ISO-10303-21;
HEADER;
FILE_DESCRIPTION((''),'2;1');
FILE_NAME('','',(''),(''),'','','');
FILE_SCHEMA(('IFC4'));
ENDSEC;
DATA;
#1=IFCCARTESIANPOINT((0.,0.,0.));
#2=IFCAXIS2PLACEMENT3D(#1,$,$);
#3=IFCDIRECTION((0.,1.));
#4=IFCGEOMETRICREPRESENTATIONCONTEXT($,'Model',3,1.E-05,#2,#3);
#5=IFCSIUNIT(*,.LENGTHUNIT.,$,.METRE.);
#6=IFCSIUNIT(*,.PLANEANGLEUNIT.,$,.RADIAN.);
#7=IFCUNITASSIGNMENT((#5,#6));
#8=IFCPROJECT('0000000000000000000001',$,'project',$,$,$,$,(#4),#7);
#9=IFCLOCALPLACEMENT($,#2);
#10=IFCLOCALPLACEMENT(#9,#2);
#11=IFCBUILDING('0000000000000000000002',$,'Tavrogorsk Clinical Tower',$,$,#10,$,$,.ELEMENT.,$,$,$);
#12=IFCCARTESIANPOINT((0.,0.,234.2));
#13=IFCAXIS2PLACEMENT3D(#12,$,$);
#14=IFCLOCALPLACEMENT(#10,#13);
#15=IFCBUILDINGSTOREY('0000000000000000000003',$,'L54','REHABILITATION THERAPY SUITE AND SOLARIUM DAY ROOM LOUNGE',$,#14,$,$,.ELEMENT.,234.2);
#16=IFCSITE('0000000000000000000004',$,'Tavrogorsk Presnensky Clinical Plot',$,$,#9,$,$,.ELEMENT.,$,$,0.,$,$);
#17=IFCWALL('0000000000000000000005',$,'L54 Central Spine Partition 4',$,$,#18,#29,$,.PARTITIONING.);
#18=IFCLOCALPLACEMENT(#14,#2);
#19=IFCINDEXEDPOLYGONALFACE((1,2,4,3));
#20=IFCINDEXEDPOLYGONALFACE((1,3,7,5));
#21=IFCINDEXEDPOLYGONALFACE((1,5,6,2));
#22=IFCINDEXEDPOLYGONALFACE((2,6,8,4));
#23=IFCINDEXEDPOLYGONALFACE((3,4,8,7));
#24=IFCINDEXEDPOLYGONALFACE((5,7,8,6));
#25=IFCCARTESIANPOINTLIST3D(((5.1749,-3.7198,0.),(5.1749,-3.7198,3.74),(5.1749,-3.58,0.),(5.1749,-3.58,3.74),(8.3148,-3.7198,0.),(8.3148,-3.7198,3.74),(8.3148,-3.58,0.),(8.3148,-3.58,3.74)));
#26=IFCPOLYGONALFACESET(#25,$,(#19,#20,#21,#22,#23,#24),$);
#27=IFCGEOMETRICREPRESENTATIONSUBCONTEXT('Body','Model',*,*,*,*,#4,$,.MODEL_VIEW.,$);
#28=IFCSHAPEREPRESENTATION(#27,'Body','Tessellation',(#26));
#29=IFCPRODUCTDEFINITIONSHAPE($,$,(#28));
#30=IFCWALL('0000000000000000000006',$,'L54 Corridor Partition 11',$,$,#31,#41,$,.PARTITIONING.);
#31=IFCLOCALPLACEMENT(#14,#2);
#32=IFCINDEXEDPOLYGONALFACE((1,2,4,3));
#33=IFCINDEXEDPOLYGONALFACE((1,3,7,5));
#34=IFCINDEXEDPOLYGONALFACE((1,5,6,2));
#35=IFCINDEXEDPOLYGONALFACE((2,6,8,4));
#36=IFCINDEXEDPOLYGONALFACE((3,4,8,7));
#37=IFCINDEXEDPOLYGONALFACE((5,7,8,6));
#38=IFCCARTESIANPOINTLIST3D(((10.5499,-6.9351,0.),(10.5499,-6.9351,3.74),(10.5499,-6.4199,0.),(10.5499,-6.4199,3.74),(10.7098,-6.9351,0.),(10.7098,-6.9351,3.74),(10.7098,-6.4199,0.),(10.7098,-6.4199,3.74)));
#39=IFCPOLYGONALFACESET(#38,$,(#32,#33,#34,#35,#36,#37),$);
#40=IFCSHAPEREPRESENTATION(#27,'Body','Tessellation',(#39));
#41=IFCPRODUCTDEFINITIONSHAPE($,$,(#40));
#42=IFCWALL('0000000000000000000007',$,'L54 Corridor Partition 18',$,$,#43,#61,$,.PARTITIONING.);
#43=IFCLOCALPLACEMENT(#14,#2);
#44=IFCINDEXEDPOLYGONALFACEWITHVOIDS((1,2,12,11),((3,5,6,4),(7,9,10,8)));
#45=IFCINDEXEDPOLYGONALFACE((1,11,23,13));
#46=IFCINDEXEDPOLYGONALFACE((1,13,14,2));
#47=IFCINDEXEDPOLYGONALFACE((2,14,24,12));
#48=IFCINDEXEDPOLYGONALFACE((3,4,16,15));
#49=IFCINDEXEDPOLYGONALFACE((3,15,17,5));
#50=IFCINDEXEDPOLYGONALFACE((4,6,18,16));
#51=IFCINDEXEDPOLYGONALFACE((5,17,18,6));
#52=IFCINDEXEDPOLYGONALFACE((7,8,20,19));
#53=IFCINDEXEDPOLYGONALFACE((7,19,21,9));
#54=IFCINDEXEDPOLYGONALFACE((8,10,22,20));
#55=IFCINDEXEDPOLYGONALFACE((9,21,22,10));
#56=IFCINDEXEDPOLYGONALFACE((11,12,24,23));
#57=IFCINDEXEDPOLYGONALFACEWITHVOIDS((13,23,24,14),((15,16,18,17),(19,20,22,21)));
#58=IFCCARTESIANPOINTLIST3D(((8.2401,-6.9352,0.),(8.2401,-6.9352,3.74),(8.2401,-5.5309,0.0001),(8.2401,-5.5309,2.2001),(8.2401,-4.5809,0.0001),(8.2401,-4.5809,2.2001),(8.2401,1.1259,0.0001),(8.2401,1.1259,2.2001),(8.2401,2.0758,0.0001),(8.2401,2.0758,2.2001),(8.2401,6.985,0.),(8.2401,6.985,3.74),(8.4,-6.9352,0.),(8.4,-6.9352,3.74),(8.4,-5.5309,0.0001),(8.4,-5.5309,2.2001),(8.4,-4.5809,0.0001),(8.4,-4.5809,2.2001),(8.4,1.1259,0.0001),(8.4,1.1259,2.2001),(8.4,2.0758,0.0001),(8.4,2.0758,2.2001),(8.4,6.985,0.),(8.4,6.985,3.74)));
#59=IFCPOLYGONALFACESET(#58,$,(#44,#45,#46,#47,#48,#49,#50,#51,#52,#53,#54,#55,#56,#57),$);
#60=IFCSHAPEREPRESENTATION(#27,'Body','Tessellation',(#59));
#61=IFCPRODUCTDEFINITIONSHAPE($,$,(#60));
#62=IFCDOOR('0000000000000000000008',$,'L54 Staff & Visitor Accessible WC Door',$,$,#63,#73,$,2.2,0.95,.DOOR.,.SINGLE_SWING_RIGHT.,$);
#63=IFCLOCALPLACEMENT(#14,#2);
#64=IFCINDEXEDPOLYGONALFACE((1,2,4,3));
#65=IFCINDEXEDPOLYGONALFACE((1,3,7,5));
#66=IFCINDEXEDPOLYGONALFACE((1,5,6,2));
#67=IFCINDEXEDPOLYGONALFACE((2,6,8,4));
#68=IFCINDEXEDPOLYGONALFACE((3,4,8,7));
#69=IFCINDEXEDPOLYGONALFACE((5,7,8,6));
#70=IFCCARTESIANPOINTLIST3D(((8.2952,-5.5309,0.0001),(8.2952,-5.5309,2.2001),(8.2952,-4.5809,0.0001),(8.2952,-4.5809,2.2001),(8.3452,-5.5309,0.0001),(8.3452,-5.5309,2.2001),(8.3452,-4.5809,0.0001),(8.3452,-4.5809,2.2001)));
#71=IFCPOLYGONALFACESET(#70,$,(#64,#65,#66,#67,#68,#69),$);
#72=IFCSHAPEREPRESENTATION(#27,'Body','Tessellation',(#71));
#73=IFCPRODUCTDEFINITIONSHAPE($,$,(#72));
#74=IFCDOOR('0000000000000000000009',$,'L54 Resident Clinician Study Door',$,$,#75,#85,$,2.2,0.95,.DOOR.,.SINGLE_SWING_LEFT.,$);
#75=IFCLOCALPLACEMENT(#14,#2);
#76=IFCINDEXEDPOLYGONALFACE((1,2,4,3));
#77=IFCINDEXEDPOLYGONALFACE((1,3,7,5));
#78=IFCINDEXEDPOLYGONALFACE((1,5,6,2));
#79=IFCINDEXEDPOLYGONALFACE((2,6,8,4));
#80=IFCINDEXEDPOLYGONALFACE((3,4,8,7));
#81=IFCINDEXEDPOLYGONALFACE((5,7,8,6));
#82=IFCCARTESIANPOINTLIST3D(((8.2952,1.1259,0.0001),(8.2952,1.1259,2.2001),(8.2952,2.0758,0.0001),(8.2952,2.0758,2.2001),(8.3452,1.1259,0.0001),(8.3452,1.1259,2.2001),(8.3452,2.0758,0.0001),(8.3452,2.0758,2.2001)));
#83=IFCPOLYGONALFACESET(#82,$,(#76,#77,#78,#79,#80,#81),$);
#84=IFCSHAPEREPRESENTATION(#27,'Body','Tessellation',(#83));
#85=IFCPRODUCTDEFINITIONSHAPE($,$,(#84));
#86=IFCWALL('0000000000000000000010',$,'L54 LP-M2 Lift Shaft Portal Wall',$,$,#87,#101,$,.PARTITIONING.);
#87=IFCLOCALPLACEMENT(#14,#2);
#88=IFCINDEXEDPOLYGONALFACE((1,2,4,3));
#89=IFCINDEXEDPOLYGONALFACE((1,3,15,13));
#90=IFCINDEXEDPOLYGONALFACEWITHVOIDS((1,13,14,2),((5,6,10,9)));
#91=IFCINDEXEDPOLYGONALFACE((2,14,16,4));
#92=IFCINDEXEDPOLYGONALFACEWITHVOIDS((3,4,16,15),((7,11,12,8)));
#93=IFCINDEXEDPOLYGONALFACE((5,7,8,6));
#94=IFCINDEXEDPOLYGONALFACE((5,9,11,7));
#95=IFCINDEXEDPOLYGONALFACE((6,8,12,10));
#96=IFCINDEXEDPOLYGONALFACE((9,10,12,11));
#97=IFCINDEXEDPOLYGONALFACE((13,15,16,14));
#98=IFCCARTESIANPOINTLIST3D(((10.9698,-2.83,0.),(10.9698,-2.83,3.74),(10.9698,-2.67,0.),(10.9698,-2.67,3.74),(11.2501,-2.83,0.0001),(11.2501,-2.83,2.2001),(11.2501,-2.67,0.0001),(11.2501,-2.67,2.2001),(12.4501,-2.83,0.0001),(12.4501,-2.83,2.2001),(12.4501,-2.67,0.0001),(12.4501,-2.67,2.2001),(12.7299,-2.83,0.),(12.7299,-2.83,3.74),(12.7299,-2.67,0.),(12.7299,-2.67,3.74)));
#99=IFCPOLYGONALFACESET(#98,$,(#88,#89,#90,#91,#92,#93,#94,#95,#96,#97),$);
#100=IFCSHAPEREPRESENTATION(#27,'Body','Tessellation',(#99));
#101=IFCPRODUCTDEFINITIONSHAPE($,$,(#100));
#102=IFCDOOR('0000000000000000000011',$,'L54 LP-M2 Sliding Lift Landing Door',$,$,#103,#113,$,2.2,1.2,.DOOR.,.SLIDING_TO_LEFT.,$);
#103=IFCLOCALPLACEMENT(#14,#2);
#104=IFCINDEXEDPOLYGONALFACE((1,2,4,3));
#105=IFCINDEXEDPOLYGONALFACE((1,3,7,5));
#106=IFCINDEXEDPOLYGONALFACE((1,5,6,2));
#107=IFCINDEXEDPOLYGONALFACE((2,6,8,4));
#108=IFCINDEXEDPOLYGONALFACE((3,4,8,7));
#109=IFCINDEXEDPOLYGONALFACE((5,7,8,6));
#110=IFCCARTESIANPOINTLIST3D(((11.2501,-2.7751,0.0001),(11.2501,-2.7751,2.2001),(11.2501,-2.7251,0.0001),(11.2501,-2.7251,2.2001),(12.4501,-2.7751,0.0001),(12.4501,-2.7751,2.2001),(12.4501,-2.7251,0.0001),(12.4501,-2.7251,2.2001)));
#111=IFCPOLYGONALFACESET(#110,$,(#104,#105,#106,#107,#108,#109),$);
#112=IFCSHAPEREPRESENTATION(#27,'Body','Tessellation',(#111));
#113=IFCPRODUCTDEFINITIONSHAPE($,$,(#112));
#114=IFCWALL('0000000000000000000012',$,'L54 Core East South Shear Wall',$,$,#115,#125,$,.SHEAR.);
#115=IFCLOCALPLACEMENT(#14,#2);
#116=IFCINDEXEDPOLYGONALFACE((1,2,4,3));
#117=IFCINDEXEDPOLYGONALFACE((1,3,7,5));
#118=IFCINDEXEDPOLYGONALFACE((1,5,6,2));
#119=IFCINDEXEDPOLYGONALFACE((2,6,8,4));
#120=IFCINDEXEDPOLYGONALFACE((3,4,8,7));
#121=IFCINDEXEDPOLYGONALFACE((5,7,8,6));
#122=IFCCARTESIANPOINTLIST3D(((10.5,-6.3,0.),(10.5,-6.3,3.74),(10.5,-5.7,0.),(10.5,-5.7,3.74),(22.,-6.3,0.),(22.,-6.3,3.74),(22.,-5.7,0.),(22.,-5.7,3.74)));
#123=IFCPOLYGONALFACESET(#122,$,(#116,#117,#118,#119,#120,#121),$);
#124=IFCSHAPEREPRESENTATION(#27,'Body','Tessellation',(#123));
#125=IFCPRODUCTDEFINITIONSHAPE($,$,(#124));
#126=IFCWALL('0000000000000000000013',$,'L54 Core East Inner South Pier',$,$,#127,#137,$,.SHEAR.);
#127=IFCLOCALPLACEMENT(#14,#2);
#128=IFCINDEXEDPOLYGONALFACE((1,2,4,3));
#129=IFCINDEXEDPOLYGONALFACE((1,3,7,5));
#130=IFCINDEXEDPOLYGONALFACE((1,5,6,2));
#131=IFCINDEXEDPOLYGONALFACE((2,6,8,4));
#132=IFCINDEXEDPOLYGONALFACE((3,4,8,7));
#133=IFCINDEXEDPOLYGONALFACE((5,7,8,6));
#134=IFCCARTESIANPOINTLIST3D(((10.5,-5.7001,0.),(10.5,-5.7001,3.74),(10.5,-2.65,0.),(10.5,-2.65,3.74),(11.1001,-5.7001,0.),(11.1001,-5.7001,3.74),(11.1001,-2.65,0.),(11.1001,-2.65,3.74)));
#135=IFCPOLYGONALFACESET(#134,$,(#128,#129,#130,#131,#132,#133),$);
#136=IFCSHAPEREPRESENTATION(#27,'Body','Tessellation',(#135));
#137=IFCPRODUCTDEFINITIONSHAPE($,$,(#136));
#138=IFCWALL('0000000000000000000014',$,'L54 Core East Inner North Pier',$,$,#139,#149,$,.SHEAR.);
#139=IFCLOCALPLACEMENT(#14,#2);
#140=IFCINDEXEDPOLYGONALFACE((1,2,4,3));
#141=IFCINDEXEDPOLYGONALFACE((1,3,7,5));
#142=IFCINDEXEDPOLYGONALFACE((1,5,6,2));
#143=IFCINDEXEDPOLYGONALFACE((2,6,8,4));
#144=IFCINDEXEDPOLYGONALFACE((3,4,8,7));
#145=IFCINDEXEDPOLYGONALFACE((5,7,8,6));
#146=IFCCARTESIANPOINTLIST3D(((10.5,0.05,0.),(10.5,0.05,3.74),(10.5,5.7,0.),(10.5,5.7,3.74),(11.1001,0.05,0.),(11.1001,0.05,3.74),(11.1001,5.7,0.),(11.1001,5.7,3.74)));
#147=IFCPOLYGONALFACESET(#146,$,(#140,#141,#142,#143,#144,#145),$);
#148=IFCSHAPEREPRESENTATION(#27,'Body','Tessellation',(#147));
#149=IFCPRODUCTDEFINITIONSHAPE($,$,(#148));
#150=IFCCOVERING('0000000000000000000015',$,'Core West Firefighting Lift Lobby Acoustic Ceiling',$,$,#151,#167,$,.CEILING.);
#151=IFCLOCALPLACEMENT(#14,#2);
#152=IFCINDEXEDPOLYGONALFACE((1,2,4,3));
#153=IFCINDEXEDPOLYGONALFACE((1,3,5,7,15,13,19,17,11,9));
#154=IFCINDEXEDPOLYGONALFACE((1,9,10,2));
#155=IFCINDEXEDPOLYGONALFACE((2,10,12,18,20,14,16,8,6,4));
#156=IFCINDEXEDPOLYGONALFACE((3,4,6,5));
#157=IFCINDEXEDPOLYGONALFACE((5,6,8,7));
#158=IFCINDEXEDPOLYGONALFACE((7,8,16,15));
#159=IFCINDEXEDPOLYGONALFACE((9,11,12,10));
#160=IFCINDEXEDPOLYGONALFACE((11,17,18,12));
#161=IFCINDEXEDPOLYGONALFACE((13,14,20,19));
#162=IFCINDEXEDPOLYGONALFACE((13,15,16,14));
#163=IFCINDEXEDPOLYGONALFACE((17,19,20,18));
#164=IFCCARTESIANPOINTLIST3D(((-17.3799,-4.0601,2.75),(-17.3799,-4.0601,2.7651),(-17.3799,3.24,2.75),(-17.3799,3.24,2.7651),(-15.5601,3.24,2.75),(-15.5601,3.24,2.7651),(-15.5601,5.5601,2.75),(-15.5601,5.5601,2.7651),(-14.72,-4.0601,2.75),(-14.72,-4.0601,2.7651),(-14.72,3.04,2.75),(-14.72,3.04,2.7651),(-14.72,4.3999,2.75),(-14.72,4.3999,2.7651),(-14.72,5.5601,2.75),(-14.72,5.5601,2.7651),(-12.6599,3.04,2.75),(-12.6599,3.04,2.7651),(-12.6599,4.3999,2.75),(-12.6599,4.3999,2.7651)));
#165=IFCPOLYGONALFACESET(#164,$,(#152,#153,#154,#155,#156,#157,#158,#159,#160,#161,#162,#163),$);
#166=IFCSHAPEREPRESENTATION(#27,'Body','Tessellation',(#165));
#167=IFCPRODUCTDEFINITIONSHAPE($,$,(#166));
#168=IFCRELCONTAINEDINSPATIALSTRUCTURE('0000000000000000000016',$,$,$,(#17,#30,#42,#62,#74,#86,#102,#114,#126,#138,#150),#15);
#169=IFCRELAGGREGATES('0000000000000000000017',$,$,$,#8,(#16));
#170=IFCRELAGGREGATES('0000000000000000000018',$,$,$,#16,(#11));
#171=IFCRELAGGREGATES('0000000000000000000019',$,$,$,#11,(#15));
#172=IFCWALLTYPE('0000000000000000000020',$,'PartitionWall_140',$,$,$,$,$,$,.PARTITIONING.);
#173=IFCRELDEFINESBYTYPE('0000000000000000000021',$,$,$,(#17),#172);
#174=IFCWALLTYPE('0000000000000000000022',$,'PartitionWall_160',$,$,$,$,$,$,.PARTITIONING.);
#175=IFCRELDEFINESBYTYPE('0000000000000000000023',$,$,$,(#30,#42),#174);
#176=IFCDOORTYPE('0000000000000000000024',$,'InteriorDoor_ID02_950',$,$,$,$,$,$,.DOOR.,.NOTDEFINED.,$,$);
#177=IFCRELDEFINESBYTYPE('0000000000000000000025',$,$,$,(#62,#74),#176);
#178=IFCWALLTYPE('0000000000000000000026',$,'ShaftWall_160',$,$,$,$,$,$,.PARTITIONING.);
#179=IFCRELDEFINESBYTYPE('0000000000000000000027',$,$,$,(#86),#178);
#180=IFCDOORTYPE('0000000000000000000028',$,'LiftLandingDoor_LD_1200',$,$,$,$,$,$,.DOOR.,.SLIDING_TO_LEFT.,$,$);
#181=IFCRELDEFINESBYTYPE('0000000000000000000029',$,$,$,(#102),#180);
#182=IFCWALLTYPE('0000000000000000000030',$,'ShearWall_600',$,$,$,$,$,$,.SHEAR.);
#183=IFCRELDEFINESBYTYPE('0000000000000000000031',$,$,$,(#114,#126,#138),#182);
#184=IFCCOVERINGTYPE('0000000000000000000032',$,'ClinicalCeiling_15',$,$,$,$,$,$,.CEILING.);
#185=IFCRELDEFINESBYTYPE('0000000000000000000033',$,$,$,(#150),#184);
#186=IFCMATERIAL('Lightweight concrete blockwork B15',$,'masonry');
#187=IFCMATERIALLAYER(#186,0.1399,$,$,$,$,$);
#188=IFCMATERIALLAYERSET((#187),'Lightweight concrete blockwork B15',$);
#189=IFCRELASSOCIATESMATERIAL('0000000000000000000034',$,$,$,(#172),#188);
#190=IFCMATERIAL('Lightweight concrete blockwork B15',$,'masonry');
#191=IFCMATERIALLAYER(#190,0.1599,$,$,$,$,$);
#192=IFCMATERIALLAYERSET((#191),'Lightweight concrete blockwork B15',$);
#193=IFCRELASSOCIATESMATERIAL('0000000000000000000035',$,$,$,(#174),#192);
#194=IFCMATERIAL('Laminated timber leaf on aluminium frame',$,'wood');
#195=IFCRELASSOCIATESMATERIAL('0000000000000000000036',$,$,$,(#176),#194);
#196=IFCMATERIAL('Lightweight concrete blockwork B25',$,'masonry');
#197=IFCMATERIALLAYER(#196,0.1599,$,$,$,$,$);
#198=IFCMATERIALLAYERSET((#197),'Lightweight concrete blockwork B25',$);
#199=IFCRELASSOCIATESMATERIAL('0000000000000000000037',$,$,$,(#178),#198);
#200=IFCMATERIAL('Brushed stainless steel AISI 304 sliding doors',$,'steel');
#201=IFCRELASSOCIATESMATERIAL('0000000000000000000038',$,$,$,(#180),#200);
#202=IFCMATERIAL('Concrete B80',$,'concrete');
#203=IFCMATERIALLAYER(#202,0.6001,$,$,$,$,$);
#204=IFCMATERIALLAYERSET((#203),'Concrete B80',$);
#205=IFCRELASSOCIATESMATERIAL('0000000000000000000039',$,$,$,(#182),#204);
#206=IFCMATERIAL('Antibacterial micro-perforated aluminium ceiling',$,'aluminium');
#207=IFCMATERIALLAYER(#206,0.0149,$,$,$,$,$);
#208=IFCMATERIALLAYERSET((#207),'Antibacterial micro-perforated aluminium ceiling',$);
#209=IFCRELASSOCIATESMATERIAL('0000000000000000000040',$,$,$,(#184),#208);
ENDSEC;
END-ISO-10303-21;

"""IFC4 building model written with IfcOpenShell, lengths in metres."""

from ifc_helpers import new_model, si_unit, direction, frame, frame_2d, origin, place, context, subcontext, project, spatial, polyline, rectangle, outline, extrude, material, layer, layer_set, type_object, element, fill, save


model = new_model("IFC4")

# Units and contexts
model_context = context("Model", 3, precision=1e-05, world=origin(), true_north=direction((0.0, 1.0)))
body_context = subcontext(model_context, "Body", "Model", "MODEL_VIEW")
ifc_project = project(units=[si_unit("LENGTHUNIT", "METRE"), si_unit("PLANEANGLEUNIT", "RADIAN")], contexts=[model_context])

# Site, building, storey
site_placement = place(None, origin())
site = spatial("IfcSite", under=ifc_project, at=site_placement, Name="Tavrogorsk Presnensky Clinical Plot", CompositionType="ELEMENT", RefElevation=0.0)
building_placement = place(site_placement, origin())
building = spatial("IfcBuilding", under=site, at=building_placement, Name="Tavrogorsk Clinical Tower", CompositionType="ELEMENT")
storey_placement = place(building_placement, frame((0.0, 0.0, 234.2)))
storey = spatial("IfcBuildingStorey", under=building, at=storey_placement, Name="L54", Description="REHABILITATION THERAPY SUITE AND SOLARIUM DAY ROOM LOUNGE", CompositionType="ELEMENT", Elevation=234.2)

# Walls
ifc_material_1 = material(Name="Lightweight concrete blockwork B15", Category="masonry")
ifc_layer_1 = layer(ifc_material_1, 0.1399)
ifc_layer_set_1 = layer_set([ifc_layer_1], Name="Lightweight concrete blockwork B15")
wall_type_1 = type_object("IfcWallType", Name="PartitionWall_140", PredefinedType="PARTITIONING", material=ifc_layer_set_1)
wall_1_placement = place(storey_placement, frame((5.175, -3.6499, 0.0), z_axis=(0.0, 0.0, 1.0), x_axis=(1.0, 0.0, 0.0)))
element("IfcWall", 1, at=wall_1_placement, inside=storey, type_object=wall_type_1, Name="L54 Central Spine Partition 4", PredefinedType="PARTITIONING", context=body_context, shape_type="SweptSolid", body=[
    extrude(rectangle(XDim=3.1399, YDim=0.1399, at=frame_2d((1.5698, 0.0))), origin(), (0.0, 0.0, 1.0), 3.74),
])
ifc_material_2 = material(Name="Lightweight concrete blockwork B15", Category="masonry")
ifc_layer_2 = layer(ifc_material_2, 0.1599)
ifc_layer_set_2 = layer_set([ifc_layer_2], Name="Lightweight concrete blockwork B15")
wall_type_2 = type_object("IfcWallType", Name="PartitionWall_160", PredefinedType="PARTITIONING", material=ifc_layer_set_2)
wall_2_placement = place(storey_placement, frame((10.6299, -6.4199, 0.0), z_axis=(0.0, 0.0, 1.0), x_axis=(0.0, -1.0, 0.0)))
element("IfcWall", 2, at=wall_2_placement, inside=storey, type_object=wall_type_2, Name="L54 Corridor Partition 11", PredefinedType="PARTITIONING", context=body_context, shape_type="SweptSolid", body=[
    extrude(rectangle(XDim=0.5151, YDim=0.1599, at=frame_2d((0.2576, 0.0))), origin(), (0.0, 0.0, 1.0), 3.74),
])

# Wall, openings, doors
wall_3_placement = place(storey_placement, frame((8.3201, -6.9351, 0.0), z_axis=(0.0, 0.0, 1.0), x_axis=(0.0, 1.0, 0.0)))
wall_3 = element("IfcWall", 3, at=wall_3_placement, inside=storey, type_object=wall_type_2, Name="L54 Corridor Partition 18", PredefinedType="PARTITIONING", context=body_context, shape_type="SweptSolid", body=[
    extrude(rectangle(XDim=13.9202, YDim=0.1599, at=frame_2d((6.96, 0.0))), origin(), (0.0, 0.0, 1.0), 3.74),
])
opening_1_placement = place(wall_3_placement, frame((1.4041, 0.0, 0.0)))
opening_1 = element("IfcOpeningElement", 4, at=opening_1_placement, cuts=wall_3, PredefinedType="OPENING", context=body_context, shape_type="SweptSolid", body=[
    extrude(rectangle(XDim=0.95, YDim=2.2, at=frame_2d((0.4751, 1.1001))), frame((0.0, 0.0898, 0.0), z_axis=(0.0, -1.0, 0.0), x_axis=(1.0, 0.0, 0.0)), (0.0, 0.0, 1.0), 0.1799),
])
opening_2_placement = place(wall_3_placement, frame((8.0608, 0.0, 0.0)))
opening_2 = element("IfcOpeningElement", 5, at=opening_2_placement, cuts=wall_3, PredefinedType="OPENING", context=body_context, shape_type="SweptSolid", body=[
    extrude(rectangle(XDim=0.95, YDim=2.2, at=frame_2d((0.4751, 1.1001))), frame((0.0, 0.0898, 0.0), z_axis=(0.0, -1.0, 0.0), x_axis=(1.0, 0.0, 0.0)), (0.0, 0.0, 1.0), 0.1799),
])
ifc_material_3 = material(Name="Laminated timber leaf on aluminium frame", Category="wood")
door_type_1 = type_object("IfcDoorType", Name="InteriorDoor_ID02_950", OperationType="NOTDEFINED", PredefinedType="DOOR", material=ifc_material_3)
door_1_placement = place(opening_1_placement, origin())
door_1 = element("IfcDoor", 6, at=door_1_placement, inside=storey, type_object=door_type_1, Name="L54 Staff & Visitor Accessible WC Door", OperationType="SINGLE_SWING_RIGHT", OverallHeight=2.2, OverallWidth=0.95, PredefinedType="DOOR", context=body_context, shape_type="SweptSolid", body=[
    extrude(rectangle(XDim=0.95, YDim=2.2, at=frame_2d((0.4751, 1.1001))), frame((0.0, 0.0249, 0.0), z_axis=(0.0, -1.0, 0.0), x_axis=(1.0, 0.0, 0.0)), (0.0, 0.0, 1.0), 0.05),
])
fill(opening_1, door_1)
door_2_placement = place(opening_2_placement, origin())
door_2 = element("IfcDoor", 7, at=door_2_placement, inside=storey, type_object=door_type_1, Name="L54 Resident Clinician Study Door", OperationType="SINGLE_SWING_LEFT", OverallHeight=2.2, OverallWidth=0.95, PredefinedType="DOOR", context=body_context, shape_type="SweptSolid", body=[
    extrude(rectangle(XDim=0.95, YDim=2.2, at=frame_2d((0.4751, 1.1001))), frame((0.0, 0.0249, 0.0), z_axis=(0.0, -1.0, 0.0), x_axis=(1.0, 0.0, 0.0)), (0.0, 0.0, 1.0), 0.05),
])
fill(opening_2, door_2)

# Wall, opening, door
ifc_material_4 = material(Name="Lightweight concrete blockwork B25", Category="masonry")
ifc_layer_3 = layer(ifc_material_4, 0.1599)
ifc_layer_set_3 = layer_set([ifc_layer_3], Name="Lightweight concrete blockwork B25")
wall_type_3 = type_object("IfcWallType", Name="ShaftWall_160", PredefinedType="PARTITIONING", material=ifc_layer_set_3)
wall_4_placement = place(storey_placement, frame((10.97, -2.75, 0.0), z_axis=(0.0, 0.0, 1.0), x_axis=(1.0, 0.0, 0.0)))
wall_4 = element("IfcWall", 8, at=wall_4_placement, inside=storey, type_object=wall_type_3, Name="L54 LP-M2 Lift Shaft Portal Wall", PredefinedType="PARTITIONING", context=body_context, shape_type="SweptSolid", body=[
    extrude(rectangle(XDim=1.76, YDim=0.1599, at=frame_2d((0.8799, 0.0))), origin(), (0.0, 0.0, 1.0), 3.74),
])
opening_3_placement = place(wall_4_placement, frame((0.28, 0.0, 0.0)))
opening_3 = element("IfcOpeningElement", 9, at=opening_3_placement, cuts=wall_4, PredefinedType="OPENING", context=body_context, shape_type="SweptSolid", body=[
    extrude(rectangle(XDim=1.2, YDim=2.2, at=frame_2d((0.6001, 1.1001))), frame((0.0, 0.0898, 0.0), z_axis=(0.0, -1.0, 0.0), x_axis=(1.0, 0.0, 0.0)), (0.0, 0.0, 1.0), 0.1799),
])
ifc_material_5 = material(Name="Brushed stainless steel AISI 304 sliding doors", Category="steel")
door_type_2 = type_object("IfcDoorType", Name="LiftLandingDoor_LD_1200", OperationType="SLIDING_TO_LEFT", PredefinedType="DOOR", material=ifc_material_5)
door_3_placement = place(opening_3_placement, origin())
door_3 = element("IfcDoor", 10, at=door_3_placement, inside=storey, type_object=door_type_2, Name="L54 LP-M2 Sliding Lift Landing Door", OperationType="SLIDING_TO_LEFT", OverallHeight=2.2, OverallWidth=1.2, PredefinedType="DOOR", context=body_context, shape_type="SweptSolid", body=[
    extrude(rectangle(XDim=1.2, YDim=2.2, at=frame_2d((0.6001, 1.1001))), frame((0.0, 0.0249, 0.0), z_axis=(0.0, -1.0, 0.0), x_axis=(1.0, 0.0, 0.0)), (0.0, 0.0, 1.0), 0.05),
])
fill(opening_3, door_3)

# Walls
ifc_material_6 = material(Name="Concrete B80", Category="concrete")
ifc_layer_4 = layer(ifc_material_6, 0.6001)
ifc_layer_set_4 = layer_set([ifc_layer_4], Name="Concrete B80")
wall_type_4 = type_object("IfcWallType", Name="ShearWall_600", PredefinedType="SHEAR", material=ifc_layer_set_4)
wall_5_placement = place(storey_placement, frame((10.5, -6.0, 0.0), z_axis=(0.0, 0.0, 1.0), x_axis=(1.0, 0.0, 0.0)))
element("IfcWall", 11, at=wall_5_placement, inside=storey, type_object=wall_type_4, Name="L54 Core East South Shear Wall", PredefinedType="SHEAR", context=body_context, shape_type="SweptSolid", body=[
    extrude(rectangle(XDim=11.5, YDim=0.6001, at=frame_2d((5.75, 0.0))), origin(), (0.0, 0.0, 1.0), 3.74),
])
wall_6_placement = place(storey_placement, frame((10.8, -5.7, 0.0), z_axis=(0.0, 0.0, 1.0), x_axis=(0.0, 1.0, 0.0)))
element("IfcWall", 12, at=wall_6_placement, inside=storey, type_object=wall_type_4, Name="L54 Core East Inner South Pier", PredefinedType="SHEAR", context=body_context, shape_type="SweptSolid", body=[
    extrude(rectangle(XDim=3.05, YDim=0.6001, at=frame_2d((1.5249, 0.0))), origin(), (0.0, 0.0, 1.0), 3.74),
])
wall_7_placement = place(storey_placement, frame((10.8, 0.05, 0.0), z_axis=(0.0, 0.0, 1.0), x_axis=(0.0, 1.0, 0.0)))
element("IfcWall", 13, at=wall_7_placement, inside=storey, type_object=wall_type_4, Name="L54 Core East Inner North Pier", PredefinedType="SHEAR", context=body_context, shape_type="SweptSolid", body=[
    extrude(rectangle(XDim=5.6499, YDim=0.6001, at=frame_2d((2.825, 0.0))), origin(), (0.0, 0.0, 1.0), 3.74),
])

# Covering
ifc_material_7 = material(Name="Antibacterial micro-perforated aluminium ceiling", Category="aluminium")
ifc_layer_5 = layer(ifc_material_7, 0.0149)
ifc_layer_set_5 = layer_set([ifc_layer_5], Name="Antibacterial micro-perforated aluminium ceiling")
covering_type_1 = type_object("IfcCoveringType", Name="ClinicalCeiling_15", PredefinedType="CEILING", material=ifc_layer_set_5)
covering_1_placement = place(storey_placement, frame((0.0, 0.0, 2.75)))
element("IfcCovering", 14, at=covering_1_placement, inside=storey, type_object=covering_type_1, Name="Core West Firefighting Lift Lobby Acoustic Ceiling", PredefinedType="CEILING", context=body_context, shape_type="SweptSolid", body=[
    extrude(outline(polyline([(-17.3799, -4.0601), (-17.3799, 3.24), (-15.5601, 3.24), (-15.5601, 5.5601), (-14.72, 5.5601), (-14.72, 4.3999), (-12.6599, 4.3999), (-12.6599, 3.04), (-14.72, 3.04), (-14.72, -4.0601), (-17.3799, -4.0601)])), origin(), (0.0, 0.0, 1.0), 0.0151),
])

save(model, "model.ifc")
